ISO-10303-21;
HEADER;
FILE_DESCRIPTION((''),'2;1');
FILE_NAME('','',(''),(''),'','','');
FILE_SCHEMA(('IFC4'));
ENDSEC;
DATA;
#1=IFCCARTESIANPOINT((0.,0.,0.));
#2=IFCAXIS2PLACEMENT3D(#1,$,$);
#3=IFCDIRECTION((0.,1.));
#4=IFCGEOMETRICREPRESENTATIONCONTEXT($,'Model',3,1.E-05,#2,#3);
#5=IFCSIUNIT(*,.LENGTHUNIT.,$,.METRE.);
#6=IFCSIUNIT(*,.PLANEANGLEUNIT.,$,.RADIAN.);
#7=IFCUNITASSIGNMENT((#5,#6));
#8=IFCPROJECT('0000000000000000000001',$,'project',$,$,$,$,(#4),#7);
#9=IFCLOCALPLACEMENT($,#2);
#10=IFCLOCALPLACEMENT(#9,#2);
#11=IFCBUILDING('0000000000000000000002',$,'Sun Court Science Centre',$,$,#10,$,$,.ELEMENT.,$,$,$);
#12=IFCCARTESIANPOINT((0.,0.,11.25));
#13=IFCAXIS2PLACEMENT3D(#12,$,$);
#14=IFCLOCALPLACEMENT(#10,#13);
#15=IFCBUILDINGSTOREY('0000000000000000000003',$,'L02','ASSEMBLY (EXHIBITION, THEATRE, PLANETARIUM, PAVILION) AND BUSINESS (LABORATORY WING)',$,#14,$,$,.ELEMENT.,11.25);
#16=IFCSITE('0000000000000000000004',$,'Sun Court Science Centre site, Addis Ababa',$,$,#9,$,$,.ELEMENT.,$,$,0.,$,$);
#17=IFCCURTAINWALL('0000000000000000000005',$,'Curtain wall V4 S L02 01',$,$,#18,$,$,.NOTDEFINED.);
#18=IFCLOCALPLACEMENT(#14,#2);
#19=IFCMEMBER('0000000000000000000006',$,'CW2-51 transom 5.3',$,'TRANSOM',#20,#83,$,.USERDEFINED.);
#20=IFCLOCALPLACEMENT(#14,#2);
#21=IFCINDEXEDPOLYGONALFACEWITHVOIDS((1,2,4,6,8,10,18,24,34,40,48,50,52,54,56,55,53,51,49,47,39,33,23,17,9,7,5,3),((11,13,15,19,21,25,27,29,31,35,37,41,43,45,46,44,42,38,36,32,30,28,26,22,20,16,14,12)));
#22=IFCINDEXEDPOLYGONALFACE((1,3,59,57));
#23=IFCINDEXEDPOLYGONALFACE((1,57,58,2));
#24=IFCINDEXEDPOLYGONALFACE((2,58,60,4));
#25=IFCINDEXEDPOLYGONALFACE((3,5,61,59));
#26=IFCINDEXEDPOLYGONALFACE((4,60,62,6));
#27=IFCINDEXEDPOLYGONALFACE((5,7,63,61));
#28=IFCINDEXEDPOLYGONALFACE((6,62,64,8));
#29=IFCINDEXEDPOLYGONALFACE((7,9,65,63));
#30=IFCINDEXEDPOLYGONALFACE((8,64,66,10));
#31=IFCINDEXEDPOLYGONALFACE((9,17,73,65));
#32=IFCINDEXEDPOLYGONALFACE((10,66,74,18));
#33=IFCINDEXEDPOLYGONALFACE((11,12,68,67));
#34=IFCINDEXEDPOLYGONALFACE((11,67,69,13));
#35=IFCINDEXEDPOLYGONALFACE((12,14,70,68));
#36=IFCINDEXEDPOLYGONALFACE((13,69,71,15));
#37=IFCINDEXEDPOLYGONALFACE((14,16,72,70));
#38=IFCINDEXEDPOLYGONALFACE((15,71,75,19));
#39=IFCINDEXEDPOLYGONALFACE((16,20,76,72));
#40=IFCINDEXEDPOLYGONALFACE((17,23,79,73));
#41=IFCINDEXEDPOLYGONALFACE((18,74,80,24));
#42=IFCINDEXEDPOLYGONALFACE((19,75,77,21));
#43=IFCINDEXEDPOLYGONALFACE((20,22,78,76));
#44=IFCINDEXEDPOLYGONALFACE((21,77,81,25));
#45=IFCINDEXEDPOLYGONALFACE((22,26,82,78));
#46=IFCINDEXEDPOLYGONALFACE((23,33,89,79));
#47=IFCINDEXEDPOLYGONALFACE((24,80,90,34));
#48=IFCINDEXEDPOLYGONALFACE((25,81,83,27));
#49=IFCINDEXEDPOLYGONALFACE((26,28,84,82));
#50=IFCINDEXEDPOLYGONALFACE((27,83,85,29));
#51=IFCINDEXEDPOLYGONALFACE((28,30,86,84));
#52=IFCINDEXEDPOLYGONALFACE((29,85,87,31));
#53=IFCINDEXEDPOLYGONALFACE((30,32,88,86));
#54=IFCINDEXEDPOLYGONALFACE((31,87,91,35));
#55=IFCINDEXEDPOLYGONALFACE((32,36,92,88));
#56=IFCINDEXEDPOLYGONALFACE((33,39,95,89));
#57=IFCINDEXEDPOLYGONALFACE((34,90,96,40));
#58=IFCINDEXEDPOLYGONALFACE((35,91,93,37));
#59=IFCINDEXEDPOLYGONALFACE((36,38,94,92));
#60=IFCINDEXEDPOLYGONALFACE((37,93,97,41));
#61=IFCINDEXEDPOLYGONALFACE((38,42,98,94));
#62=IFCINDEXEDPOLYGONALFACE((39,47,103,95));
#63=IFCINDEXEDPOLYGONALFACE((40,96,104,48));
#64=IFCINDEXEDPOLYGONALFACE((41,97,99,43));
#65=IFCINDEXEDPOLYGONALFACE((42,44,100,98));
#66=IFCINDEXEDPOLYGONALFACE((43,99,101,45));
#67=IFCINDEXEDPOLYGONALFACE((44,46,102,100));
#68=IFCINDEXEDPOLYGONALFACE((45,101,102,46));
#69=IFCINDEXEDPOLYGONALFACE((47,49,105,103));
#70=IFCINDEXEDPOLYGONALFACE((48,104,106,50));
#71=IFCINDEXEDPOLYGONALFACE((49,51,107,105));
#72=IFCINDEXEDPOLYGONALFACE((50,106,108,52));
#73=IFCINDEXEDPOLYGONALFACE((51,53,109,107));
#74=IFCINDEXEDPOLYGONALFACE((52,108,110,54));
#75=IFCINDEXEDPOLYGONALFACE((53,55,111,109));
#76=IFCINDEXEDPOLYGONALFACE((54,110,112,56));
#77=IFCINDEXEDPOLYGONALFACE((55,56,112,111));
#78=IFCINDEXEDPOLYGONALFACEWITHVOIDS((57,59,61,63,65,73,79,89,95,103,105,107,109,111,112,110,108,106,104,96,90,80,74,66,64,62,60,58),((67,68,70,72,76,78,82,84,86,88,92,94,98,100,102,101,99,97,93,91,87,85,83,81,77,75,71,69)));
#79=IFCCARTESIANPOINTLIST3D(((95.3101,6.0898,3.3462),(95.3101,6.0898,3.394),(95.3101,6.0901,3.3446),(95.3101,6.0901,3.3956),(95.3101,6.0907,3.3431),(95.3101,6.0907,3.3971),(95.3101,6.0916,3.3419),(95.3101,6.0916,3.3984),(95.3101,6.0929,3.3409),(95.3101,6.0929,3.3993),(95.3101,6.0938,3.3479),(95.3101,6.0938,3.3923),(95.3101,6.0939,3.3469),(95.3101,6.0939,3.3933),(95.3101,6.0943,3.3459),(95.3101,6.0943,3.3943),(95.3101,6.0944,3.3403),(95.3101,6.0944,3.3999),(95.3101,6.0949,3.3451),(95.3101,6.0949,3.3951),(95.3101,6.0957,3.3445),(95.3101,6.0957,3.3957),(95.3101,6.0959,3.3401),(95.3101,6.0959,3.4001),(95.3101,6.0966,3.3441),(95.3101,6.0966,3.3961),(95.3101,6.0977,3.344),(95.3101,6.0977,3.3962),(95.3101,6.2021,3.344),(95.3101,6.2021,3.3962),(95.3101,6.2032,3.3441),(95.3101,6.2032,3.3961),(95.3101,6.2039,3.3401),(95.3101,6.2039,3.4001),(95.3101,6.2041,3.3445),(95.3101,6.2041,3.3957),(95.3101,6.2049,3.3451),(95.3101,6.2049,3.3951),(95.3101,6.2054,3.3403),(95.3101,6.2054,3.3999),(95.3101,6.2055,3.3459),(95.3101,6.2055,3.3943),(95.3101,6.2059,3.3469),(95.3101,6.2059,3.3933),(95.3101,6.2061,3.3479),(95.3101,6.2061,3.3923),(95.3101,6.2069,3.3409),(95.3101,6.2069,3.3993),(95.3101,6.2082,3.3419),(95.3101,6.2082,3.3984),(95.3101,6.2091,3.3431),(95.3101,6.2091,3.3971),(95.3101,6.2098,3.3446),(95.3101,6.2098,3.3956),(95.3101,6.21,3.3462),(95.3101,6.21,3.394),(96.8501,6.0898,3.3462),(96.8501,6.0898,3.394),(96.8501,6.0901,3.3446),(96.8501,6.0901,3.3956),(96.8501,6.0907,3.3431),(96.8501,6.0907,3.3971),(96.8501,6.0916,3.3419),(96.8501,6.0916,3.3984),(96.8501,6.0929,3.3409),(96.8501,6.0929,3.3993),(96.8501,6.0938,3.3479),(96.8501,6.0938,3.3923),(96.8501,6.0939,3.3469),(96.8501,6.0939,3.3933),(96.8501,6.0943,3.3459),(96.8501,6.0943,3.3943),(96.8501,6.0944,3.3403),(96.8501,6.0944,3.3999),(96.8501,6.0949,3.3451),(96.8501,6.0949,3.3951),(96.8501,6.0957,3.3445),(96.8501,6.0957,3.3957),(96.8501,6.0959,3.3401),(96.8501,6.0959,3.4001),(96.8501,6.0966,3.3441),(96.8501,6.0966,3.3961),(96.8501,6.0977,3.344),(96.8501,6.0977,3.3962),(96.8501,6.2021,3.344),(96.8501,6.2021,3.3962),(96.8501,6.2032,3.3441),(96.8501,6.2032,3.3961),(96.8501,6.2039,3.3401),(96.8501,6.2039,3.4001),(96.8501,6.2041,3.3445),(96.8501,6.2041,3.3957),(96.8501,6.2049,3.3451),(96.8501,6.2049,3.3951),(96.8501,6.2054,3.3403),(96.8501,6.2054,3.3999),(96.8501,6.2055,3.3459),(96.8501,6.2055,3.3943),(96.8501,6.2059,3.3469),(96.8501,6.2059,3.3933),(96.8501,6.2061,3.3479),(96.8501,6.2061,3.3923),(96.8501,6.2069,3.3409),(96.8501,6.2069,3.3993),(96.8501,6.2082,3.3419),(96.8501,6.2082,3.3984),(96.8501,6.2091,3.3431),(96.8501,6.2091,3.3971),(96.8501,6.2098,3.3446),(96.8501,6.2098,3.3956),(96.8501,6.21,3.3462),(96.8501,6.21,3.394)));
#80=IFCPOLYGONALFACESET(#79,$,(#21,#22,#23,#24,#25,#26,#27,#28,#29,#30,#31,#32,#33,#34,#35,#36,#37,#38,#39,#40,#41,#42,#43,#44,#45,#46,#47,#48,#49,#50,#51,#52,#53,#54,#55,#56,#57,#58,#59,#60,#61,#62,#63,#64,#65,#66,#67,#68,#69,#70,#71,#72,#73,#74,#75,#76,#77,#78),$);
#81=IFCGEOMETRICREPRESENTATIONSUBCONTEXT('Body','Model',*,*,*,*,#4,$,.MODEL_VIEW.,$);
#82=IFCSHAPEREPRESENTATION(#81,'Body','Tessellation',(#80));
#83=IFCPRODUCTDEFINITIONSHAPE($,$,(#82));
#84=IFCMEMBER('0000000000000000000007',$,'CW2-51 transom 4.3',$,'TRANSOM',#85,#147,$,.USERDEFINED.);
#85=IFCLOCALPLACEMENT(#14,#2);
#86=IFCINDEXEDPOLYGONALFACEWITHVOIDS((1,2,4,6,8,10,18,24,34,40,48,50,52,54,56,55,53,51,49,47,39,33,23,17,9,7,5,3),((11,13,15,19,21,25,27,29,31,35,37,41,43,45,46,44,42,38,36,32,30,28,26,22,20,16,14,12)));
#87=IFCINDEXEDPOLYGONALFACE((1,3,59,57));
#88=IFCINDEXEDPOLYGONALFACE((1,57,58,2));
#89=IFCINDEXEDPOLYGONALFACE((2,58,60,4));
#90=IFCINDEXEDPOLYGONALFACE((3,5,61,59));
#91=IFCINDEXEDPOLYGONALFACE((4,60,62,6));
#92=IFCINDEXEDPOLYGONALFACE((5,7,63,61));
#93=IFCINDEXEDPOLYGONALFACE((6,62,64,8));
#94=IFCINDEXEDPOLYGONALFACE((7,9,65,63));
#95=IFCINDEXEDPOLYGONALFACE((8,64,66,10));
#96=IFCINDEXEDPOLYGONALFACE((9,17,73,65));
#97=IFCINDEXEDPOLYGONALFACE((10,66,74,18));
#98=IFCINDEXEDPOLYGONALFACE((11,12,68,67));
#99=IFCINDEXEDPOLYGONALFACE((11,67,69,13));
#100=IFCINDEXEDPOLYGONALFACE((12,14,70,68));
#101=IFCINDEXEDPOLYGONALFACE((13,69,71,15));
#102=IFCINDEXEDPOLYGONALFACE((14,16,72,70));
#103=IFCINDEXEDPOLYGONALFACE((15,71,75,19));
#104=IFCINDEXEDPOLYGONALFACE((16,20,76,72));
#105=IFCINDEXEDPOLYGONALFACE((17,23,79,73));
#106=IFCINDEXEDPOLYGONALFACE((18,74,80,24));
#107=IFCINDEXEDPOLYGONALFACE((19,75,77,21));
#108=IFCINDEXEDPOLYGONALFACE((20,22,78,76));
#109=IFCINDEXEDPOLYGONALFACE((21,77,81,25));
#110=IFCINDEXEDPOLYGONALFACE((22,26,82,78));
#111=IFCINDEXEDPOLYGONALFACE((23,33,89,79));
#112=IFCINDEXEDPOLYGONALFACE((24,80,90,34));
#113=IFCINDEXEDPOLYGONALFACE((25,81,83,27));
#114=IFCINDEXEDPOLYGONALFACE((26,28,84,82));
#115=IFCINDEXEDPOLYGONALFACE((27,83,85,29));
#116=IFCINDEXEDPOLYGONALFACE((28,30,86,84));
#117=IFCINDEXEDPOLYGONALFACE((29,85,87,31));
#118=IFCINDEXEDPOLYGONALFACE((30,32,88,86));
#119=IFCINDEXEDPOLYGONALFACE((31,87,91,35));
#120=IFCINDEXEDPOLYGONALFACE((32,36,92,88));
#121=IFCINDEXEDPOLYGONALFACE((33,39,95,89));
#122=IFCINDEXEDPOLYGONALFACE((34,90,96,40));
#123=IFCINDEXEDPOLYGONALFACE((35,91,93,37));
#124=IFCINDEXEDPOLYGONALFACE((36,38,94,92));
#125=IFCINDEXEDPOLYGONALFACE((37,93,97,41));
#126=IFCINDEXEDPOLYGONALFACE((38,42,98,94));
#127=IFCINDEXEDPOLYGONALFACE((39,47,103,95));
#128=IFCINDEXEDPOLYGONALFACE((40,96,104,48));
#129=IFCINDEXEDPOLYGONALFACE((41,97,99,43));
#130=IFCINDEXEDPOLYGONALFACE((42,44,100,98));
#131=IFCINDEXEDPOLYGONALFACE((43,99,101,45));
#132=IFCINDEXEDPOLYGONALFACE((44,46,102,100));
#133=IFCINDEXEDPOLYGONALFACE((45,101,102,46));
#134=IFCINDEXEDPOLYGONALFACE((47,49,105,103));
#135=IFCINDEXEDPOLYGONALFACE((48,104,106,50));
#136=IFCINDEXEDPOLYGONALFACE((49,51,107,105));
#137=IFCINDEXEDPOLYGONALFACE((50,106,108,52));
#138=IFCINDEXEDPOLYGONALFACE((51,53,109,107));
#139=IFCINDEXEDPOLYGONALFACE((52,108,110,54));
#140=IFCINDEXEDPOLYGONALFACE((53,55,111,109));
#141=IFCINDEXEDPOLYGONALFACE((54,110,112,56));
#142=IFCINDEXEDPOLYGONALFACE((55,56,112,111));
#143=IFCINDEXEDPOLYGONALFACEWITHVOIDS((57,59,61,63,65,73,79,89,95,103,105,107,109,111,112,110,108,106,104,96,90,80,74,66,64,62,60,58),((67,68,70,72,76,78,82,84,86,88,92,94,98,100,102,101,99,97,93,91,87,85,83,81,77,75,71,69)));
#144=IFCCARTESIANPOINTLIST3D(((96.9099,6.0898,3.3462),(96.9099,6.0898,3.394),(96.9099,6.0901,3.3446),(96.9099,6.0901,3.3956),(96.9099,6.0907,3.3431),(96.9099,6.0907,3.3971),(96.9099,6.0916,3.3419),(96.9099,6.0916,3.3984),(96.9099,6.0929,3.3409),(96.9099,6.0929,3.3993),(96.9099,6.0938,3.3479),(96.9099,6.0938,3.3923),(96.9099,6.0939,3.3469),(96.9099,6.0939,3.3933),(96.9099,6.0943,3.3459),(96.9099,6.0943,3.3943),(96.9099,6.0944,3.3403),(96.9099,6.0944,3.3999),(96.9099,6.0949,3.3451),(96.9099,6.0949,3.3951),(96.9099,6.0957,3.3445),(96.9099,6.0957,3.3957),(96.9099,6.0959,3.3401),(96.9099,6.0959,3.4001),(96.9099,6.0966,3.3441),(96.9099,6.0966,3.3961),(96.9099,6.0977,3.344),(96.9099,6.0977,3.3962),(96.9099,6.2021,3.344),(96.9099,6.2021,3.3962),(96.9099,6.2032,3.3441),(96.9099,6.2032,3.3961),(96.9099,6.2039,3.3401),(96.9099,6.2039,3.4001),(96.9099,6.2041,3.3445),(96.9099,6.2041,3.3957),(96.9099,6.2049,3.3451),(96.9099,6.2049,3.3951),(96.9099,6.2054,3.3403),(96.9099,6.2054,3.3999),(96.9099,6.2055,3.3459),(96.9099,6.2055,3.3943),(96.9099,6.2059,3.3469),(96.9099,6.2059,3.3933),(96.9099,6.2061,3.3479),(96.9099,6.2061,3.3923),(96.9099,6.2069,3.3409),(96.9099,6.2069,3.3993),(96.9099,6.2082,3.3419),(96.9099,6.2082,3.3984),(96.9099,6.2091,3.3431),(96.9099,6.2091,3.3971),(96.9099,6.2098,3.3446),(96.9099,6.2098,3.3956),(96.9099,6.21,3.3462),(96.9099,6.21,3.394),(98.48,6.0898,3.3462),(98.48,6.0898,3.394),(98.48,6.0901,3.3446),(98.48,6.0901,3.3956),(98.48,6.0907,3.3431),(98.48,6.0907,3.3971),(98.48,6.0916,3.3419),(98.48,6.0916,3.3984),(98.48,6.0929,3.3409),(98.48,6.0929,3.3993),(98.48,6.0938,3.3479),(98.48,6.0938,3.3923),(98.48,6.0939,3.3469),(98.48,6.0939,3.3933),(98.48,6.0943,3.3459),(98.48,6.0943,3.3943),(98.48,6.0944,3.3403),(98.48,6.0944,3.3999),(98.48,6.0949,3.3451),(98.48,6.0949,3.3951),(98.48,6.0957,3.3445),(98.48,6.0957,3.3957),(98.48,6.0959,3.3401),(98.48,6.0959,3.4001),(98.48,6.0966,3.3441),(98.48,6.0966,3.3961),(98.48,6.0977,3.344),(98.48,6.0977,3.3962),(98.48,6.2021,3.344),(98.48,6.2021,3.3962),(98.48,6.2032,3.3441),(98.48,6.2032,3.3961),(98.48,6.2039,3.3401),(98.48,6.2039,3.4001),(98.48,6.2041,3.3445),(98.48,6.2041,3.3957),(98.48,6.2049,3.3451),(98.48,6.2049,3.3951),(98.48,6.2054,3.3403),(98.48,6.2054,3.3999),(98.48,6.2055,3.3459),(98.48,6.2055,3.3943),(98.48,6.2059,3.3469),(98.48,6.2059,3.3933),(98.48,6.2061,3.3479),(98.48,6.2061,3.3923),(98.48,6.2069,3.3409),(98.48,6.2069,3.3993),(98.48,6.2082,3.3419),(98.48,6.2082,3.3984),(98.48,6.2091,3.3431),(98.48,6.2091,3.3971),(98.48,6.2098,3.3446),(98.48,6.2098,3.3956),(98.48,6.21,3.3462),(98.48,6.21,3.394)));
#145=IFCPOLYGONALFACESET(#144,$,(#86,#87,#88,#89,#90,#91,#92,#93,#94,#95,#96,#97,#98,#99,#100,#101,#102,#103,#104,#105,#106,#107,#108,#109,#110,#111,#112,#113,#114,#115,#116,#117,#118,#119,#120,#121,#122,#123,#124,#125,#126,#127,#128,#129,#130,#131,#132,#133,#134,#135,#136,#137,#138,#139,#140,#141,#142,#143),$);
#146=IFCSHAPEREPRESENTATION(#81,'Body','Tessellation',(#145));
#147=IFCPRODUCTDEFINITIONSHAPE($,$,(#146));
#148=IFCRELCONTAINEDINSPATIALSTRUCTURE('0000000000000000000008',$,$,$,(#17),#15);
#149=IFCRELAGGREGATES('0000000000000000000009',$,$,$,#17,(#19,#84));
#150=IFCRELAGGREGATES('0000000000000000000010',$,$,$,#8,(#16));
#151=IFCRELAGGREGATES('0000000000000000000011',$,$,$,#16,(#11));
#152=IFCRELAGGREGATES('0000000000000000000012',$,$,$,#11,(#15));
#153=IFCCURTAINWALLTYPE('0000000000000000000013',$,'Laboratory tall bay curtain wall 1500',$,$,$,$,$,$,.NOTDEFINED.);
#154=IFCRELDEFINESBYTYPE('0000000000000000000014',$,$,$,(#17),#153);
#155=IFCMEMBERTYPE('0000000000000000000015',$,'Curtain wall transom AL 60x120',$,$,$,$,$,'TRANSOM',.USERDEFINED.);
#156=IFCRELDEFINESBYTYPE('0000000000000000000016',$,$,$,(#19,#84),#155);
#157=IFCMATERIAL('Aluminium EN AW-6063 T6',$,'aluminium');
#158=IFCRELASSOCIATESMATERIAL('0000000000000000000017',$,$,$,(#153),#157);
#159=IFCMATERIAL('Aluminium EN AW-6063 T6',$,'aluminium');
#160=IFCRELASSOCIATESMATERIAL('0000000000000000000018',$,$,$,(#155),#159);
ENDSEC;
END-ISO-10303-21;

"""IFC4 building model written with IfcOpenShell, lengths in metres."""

from ifc_helpers import new_model, si_unit, direction, frame, origin, origin_2d, place, context, subcontext, project, spatial, hollow_rectangle, extrude, material, material_profile, profile_set, type_object, element, aggregate, save


model = new_model("IFC4")

# Units and contexts
model_context = context("Model", 3, precision=1e-05, world=origin(), true_north=direction((0.0, 1.0)))
body_context = subcontext(model_context, "Body", "Model", "MODEL_VIEW")
ifc_project = project(units=[si_unit("LENGTHUNIT", "METRE"), si_unit("PLANEANGLEUNIT", "RADIAN")], contexts=[model_context])

# Site, building, storey
site_placement = place(None, origin())
site = spatial("IfcSite", under=ifc_project, at=site_placement, Name="Sun Court Science Centre site, Addis Ababa", CompositionType="ELEMENT", RefElevation=0.0)
building_placement = place(site_placement, origin())
building = spatial("IfcBuilding", under=site, at=building_placement, Name="Sun Court Science Centre", CompositionType="ELEMENT")
storey_placement = place(building_placement, frame((0.0, 0.0, 11.25)))
storey = spatial("IfcBuildingStorey", under=building, at=storey_placement, Name="L02", Description="ASSEMBLY (EXHIBITION, THEATRE, PLANETARIUM, PAVILION) AND BUSINESS (LABORATORY WING)", CompositionType="ELEMENT", Elevation=11.25)

# Curtain wall
ifc_material_1 = material(Name="Aluminium EN AW-6063 T6", Category="aluminium")
curtain_wall_type = type_object("IfcCurtainWallType", Name="Laboratory tall bay curtain wall 1500", PredefinedType="NOTDEFINED", material=ifc_material_1)
curtain_wall_1_placement = place(storey_placement, origin())
curtain_wall_1 = element("IfcCurtainWall", 1, at=curtain_wall_1_placement, inside=storey, type_object=curtain_wall_type, Name="Curtain wall V4 S L02 01", PredefinedType="NOTDEFINED")

# Members
ifc_material_2 = material(Name="Aluminium EN AW-6063 T6", Category="aluminium")
ifc_material_profile_1 = material_profile(ifc_material_2, hollow_rectangle(XDim=0.0601, YDim=0.1201, WallThickness=0.0039, InnerFilletRadius=0.0039, OuterFilletRadius=0.0061, at=origin_2d()), Name="AL 60x120x4")
ifc_profile_set_1 = profile_set([ifc_material_profile_1], Name="Aluminium EN AW-6063 T6")
member_type_1 = type_object("IfcMemberType", Name="Curtain wall transom AL 60x120", ElementType="TRANSOM", PredefinedType="USERDEFINED", material=ifc_profile_set_1)
member_1_placement = place(storey_placement, frame((96.8501, 6.1499, 3.3701), z_axis=(-1.0, 0.0, 0.0), x_axis=(0.0, 0.0, 1.0)))
member_1 = element("IfcMember", 2, at=member_1_placement, type_object=member_type_1, Name="CW2-51 transom 5.3", ObjectType="TRANSOM", PredefinedType="USERDEFINED", context=body_context, shape_type="SweptSolid", body=[
    extrude(hollow_rectangle(XDim=0.0601, YDim=0.1201, WallThickness=0.0039, InnerFilletRadius=0.0039, OuterFilletRadius=0.0061, at=origin_2d()), origin(), (0.0, 0.0, 1.0), 1.54),
])
member_2_placement = place(storey_placement, frame((98.48, 6.1499, 3.3701), z_axis=(-1.0, 0.0, 0.0), x_axis=(0.0, 0.0, 1.0)))
member_2 = element("IfcMember", 3, at=member_2_placement, type_object=member_type_1, Name="CW2-51 transom 4.3", ObjectType="TRANSOM", PredefinedType="USERDEFINED", context=body_context, shape_type="SweptSolid", body=[
    extrude(hollow_rectangle(XDim=0.0601, YDim=0.1201, WallThickness=0.0039, InnerFilletRadius=0.0039, OuterFilletRadius=0.0061, at=origin_2d()), origin(), (0.0, 0.0, 1.0), 1.5701),
])

aggregate(curtain_wall_1, [member_1, member_2])

save(model, "model.ifc")
